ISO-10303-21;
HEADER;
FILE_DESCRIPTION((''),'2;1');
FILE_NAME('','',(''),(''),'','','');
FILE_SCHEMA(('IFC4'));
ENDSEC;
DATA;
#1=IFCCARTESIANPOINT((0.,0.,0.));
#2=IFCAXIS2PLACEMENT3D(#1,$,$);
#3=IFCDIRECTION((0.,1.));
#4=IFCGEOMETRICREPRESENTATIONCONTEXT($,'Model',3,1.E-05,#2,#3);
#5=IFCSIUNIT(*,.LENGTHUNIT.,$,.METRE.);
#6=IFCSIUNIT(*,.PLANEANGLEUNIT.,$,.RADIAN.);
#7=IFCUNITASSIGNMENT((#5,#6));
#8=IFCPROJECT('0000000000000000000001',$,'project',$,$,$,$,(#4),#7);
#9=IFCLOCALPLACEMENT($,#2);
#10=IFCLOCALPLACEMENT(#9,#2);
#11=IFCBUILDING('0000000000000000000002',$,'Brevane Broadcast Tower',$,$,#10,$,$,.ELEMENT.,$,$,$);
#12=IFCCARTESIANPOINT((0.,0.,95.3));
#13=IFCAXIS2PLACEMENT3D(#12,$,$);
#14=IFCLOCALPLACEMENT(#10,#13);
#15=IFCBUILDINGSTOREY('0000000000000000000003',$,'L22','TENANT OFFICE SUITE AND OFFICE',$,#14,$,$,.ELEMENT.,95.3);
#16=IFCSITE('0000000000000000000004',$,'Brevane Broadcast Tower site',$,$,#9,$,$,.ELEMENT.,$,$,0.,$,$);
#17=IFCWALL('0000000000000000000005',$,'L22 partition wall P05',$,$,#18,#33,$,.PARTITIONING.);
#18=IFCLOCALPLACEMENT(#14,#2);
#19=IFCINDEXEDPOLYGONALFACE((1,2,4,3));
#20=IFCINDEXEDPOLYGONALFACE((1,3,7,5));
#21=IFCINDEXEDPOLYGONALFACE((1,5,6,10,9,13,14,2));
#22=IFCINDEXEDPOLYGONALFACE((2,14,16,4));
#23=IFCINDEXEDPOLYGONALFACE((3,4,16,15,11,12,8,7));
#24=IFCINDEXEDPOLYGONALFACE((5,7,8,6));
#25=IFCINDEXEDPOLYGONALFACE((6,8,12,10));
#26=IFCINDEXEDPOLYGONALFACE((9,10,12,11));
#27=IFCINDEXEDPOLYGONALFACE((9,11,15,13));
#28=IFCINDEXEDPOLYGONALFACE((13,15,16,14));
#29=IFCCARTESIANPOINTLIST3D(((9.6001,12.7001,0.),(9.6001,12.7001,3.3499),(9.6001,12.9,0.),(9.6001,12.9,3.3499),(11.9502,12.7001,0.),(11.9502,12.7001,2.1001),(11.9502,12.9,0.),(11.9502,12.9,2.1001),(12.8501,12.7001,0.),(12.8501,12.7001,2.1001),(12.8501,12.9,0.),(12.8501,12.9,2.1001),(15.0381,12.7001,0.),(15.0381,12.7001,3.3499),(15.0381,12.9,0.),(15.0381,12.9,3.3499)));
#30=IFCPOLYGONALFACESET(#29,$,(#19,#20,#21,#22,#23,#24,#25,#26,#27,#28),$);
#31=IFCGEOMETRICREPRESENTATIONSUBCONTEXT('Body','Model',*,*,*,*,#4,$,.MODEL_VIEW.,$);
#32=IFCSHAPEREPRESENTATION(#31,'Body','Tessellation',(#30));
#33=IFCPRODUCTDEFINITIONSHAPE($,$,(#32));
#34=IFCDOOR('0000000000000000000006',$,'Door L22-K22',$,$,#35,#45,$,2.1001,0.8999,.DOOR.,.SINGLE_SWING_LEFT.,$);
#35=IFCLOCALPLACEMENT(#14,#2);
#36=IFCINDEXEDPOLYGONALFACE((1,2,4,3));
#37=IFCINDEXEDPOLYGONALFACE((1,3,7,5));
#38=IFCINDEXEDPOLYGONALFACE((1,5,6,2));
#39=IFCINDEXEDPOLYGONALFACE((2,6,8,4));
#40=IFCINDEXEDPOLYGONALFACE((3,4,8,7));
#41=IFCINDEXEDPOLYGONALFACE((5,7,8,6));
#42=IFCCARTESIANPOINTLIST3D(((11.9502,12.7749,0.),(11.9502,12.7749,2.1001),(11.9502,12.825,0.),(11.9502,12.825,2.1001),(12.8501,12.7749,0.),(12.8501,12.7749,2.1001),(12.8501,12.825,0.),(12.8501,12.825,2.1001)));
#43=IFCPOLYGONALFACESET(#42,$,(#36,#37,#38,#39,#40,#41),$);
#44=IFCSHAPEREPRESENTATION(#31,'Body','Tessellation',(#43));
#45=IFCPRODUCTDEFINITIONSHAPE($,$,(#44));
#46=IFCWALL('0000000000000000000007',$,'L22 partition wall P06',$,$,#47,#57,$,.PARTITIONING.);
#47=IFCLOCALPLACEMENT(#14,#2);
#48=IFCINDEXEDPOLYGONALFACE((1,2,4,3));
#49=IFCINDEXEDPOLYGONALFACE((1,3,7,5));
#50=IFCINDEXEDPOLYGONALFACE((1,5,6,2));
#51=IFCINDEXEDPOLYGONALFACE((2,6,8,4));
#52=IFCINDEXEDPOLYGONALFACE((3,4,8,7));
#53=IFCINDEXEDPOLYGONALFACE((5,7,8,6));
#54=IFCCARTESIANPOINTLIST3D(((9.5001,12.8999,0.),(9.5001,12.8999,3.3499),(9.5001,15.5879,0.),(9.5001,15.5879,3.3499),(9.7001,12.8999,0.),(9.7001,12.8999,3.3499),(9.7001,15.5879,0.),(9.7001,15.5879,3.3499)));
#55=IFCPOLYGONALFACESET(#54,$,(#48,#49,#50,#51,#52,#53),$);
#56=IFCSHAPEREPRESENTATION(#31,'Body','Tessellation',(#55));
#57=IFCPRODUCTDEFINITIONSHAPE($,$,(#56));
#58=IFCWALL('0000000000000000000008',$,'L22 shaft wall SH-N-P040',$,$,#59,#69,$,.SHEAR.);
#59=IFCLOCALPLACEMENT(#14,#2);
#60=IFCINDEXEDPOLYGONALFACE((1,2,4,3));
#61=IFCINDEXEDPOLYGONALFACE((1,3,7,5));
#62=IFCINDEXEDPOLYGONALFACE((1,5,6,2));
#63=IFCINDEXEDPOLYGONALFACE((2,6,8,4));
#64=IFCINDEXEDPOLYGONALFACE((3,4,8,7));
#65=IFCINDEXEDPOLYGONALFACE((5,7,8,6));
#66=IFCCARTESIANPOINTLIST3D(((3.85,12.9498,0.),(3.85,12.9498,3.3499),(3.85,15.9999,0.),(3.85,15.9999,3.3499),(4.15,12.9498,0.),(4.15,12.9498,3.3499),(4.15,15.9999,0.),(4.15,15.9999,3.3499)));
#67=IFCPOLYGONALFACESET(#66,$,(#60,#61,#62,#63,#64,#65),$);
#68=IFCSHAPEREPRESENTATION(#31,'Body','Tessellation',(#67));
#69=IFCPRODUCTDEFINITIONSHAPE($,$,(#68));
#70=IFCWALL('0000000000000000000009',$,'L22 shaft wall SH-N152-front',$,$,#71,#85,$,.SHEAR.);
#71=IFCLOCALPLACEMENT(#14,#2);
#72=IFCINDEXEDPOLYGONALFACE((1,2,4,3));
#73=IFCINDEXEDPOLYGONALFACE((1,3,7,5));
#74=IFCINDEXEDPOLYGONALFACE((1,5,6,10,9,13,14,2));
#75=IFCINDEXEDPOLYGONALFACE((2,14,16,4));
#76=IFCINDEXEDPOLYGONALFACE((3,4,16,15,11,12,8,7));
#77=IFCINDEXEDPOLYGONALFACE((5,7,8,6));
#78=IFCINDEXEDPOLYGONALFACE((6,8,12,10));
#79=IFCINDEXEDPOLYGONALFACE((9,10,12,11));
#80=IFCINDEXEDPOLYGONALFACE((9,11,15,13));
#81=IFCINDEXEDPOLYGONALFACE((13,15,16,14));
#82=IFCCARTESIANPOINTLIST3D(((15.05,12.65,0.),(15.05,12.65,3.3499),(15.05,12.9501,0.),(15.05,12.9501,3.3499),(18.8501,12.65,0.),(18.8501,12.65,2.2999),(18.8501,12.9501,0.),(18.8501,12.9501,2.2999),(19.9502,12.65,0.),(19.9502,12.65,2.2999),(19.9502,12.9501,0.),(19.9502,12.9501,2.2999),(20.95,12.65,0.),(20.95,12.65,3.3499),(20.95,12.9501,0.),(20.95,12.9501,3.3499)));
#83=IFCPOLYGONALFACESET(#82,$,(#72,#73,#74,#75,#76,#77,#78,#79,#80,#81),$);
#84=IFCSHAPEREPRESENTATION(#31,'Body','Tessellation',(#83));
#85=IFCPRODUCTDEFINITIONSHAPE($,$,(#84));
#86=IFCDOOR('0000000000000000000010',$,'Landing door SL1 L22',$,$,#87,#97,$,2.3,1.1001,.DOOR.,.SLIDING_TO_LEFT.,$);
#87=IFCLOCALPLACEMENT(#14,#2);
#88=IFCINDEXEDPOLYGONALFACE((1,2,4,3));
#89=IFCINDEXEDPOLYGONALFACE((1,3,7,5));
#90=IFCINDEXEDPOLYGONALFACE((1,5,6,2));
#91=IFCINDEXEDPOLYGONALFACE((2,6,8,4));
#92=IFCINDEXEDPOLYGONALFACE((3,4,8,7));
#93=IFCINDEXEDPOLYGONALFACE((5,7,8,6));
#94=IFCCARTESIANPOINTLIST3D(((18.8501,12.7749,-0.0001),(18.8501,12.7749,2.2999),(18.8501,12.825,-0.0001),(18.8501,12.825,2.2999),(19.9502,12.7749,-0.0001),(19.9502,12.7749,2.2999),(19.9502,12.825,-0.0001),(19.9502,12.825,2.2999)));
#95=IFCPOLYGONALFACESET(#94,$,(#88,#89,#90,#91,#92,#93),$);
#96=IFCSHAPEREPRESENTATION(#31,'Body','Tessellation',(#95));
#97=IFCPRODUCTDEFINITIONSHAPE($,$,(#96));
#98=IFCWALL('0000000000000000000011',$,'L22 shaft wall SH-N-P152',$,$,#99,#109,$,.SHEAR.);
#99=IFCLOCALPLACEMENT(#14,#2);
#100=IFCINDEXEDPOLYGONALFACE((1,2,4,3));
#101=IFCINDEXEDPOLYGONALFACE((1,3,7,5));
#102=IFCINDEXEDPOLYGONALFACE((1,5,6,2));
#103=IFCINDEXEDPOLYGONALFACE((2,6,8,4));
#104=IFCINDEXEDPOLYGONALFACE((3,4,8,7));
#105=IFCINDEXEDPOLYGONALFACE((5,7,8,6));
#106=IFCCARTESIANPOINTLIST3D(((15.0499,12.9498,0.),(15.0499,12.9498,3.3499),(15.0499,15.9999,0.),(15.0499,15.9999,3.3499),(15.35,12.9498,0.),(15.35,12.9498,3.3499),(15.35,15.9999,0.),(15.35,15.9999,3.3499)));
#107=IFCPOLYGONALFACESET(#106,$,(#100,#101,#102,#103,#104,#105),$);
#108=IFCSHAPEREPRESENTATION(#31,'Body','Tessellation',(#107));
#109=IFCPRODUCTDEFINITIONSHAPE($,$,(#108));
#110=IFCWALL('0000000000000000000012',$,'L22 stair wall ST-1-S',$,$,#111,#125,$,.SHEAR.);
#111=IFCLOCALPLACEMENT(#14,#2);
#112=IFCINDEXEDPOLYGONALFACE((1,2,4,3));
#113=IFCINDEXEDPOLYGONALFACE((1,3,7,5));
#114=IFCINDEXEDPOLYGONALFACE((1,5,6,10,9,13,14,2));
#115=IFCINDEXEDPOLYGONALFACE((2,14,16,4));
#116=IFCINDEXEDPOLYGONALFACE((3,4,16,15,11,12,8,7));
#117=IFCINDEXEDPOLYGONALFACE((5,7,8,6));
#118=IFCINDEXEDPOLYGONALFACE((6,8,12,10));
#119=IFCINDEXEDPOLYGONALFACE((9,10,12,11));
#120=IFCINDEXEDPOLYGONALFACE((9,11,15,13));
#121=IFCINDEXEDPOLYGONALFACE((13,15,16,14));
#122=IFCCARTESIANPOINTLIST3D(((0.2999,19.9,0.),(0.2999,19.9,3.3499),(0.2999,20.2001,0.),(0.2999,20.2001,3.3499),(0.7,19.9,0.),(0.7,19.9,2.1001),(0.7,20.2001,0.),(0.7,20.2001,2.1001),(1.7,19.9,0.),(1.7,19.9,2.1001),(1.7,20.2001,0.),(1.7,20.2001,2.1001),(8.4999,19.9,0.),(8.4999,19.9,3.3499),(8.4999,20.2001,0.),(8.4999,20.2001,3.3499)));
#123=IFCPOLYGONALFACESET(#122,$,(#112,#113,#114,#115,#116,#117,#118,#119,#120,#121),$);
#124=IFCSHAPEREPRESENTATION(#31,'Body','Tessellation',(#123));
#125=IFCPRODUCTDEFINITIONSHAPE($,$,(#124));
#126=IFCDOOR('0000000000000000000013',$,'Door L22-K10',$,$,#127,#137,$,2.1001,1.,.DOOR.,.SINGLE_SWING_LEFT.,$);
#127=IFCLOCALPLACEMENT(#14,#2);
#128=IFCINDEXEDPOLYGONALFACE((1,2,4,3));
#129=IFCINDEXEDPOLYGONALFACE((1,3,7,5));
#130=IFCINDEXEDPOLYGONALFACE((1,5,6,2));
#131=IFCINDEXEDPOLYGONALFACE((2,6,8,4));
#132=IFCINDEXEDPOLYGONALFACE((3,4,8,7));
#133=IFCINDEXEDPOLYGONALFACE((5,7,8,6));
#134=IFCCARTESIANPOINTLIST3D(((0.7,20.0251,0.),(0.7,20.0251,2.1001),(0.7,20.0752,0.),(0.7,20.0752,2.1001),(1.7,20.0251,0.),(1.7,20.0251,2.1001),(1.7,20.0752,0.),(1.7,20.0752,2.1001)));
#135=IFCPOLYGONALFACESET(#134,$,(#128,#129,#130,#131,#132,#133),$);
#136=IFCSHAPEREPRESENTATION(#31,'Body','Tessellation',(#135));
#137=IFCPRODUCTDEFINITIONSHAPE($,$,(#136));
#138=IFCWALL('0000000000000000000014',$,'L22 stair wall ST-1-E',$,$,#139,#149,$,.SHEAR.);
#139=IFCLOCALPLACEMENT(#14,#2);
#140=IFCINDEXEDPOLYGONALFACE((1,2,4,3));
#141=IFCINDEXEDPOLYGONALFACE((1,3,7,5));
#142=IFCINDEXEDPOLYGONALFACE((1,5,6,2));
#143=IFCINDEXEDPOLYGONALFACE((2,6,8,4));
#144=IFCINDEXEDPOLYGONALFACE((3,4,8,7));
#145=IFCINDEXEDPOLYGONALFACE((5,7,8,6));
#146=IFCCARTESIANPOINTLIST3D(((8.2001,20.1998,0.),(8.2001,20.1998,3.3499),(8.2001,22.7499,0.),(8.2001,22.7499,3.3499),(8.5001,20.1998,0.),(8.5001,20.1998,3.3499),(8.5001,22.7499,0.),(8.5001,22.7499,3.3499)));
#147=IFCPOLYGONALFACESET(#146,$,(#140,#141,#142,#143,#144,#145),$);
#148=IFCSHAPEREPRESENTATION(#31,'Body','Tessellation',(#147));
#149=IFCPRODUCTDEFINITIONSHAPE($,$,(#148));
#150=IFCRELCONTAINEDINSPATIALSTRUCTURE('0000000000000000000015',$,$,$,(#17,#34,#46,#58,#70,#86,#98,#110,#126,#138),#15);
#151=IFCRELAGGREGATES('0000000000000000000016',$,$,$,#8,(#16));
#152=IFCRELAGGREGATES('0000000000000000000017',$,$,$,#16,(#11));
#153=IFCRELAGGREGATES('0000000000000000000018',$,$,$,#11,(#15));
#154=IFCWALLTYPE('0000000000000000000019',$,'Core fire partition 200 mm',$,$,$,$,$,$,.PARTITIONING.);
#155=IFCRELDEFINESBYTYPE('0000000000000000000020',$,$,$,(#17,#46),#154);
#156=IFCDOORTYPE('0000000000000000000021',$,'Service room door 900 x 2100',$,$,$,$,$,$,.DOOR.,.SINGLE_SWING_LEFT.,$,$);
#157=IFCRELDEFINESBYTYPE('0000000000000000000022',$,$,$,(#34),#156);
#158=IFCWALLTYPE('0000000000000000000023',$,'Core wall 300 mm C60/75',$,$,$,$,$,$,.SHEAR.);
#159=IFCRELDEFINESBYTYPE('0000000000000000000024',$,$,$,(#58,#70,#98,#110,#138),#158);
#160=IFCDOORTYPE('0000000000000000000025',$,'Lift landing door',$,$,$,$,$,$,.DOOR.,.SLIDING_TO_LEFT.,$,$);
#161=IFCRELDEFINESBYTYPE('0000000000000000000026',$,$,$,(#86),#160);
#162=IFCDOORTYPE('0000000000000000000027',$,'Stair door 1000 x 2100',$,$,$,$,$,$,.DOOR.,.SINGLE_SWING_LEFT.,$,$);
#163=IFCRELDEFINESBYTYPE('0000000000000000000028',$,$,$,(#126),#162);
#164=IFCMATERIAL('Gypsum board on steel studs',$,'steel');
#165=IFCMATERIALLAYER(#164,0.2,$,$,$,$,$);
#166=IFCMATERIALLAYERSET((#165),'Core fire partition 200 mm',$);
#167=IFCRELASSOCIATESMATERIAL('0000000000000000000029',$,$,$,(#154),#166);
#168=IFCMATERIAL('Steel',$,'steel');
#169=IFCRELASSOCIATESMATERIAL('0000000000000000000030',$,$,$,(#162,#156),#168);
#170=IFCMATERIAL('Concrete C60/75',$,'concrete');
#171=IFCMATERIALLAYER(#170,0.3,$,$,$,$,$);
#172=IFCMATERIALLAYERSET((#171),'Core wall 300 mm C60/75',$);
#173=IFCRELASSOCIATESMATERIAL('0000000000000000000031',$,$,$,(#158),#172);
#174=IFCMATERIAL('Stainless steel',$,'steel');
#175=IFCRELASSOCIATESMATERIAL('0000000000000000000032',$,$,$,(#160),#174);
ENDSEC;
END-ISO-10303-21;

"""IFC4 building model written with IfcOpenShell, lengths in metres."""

from ifc_helpers import new_model, si_unit, direction, frame, frame_2d, origin, place, context, subcontext, project, spatial, rectangle, extrude, material, layer, layer_set, type_object, element, fill, save


model = new_model("IFC4")

# Units and contexts
model_context = context("Model", 3, precision=1e-05, world=origin(), true_north=direction((0.0, 1.0)))
body_context = subcontext(model_context, "Body", "Model", "MODEL_VIEW")
ifc_project = project(units=[si_unit("LENGTHUNIT", "METRE"), si_unit("PLANEANGLEUNIT", "RADIAN")], contexts=[model_context])

# Site, building, storey
site_placement = place(None, origin())
site = spatial("IfcSite", under=ifc_project, at=site_placement, Name="Brevane Broadcast Tower site", CompositionType="ELEMENT", RefElevation=0.0)
building_placement = place(site_placement, origin())
building = spatial("IfcBuilding", under=site, at=building_placement, Name="Brevane Broadcast Tower", CompositionType="ELEMENT")
storey_placement = place(building_placement, frame((0.0, 0.0, 95.3)))
storey = spatial("IfcBuildingStorey", under=building, at=storey_placement, Name="L22", Description="TENANT OFFICE SUITE AND OFFICE", CompositionType="ELEMENT", Elevation=95.3)

# Shared definitions
ifc_material_1 = material(Name="Gypsum board on steel studs", Category="steel")
ifc_material_2 = material(Name="Steel", Category="steel")

# Wall, opening, door
ifc_layer_1 = layer(ifc_material_1, 0.2)
ifc_layer_set_1 = layer_set([ifc_layer_1], Name="Core fire partition 200 mm")
wall_type_1 = type_object("IfcWallType", Name="Core fire partition 200 mm", PredefinedType="PARTITIONING", material=ifc_layer_set_1)
door_type_1 = type_object("IfcDoorType", Name="Stair door 1000 x 2100", OperationType="SINGLE_SWING_LEFT", PredefinedType="DOOR", material=ifc_material_2)
door_type_2 = type_object("IfcDoorType", Name="Service room door 900 x 2100", OperationType="SINGLE_SWING_LEFT", PredefinedType="DOOR", material=ifc_material_2)
wall_1_placement = place(storey_placement, frame((9.6001, 12.8, 0.0), z_axis=(0.0, 0.0, 1.0), x_axis=(1.0, 0.0, 0.0)))
wall_1 = element("IfcWall", 1, at=wall_1_placement, inside=storey, type_object=wall_type_1, Name="L22 partition wall P05", PredefinedType="PARTITIONING", context=body_context, shape_type="SweptSolid", body=[
    extrude(rectangle(XDim=5.438, YDim=0.2, at=frame_2d((2.719, 0.0))), origin(), (0.0, 0.0, 1.0), 3.3499),
])
opening_1_placement = place(wall_1_placement, frame((2.3501, 0.0, 0.0)))
opening_1 = element("IfcOpeningElement", 2, at=opening_1_placement, cuts=wall_1, PredefinedType="OPENING", context=body_context, shape_type="SweptSolid", body=[
    extrude(rectangle(XDim=0.8999, YDim=2.1001, at=frame_2d((0.45, 1.05))), frame((0.0, 0.1099, 0.0), z_axis=(0.0, -1.0, 0.0), x_axis=(1.0, 0.0, 0.0)), (0.0, 0.0, 1.0), 0.22),
])
door_1_placement = place(opening_1_placement, origin())
door_1 = element("IfcDoor", 3, at=door_1_placement, inside=storey, type_object=door_type_2, Name="Door L22-K22", OperationType="SINGLE_SWING_LEFT", OverallHeight=2.1001, OverallWidth=0.8999, PredefinedType="DOOR", context=body_context, shape_type="SweptSolid", body=[
    extrude(rectangle(XDim=0.8999, YDim=2.1001, at=frame_2d((0.45, 1.05))), frame((0.0, 0.0249, 0.0), z_axis=(0.0, -1.0, 0.0), x_axis=(1.0, 0.0, 0.0)), (0.0, 0.0, 1.0), 0.05),
])
fill(opening_1, door_1)

# Walls
wall_2_placement = place(storey_placement, frame((9.6001, 15.5879, 0.0), z_axis=(0.0, 0.0, 1.0), x_axis=(0.0, -1.0, 0.0)))
element("IfcWall", 4, at=wall_2_placement, inside=storey, type_object=wall_type_1, Name="L22 partition wall P06", PredefinedType="PARTITIONING", context=body_context, shape_type="SweptSolid", body=[
    extrude(rectangle(XDim=2.688, YDim=0.2, at=frame_2d((1.344, 0.0))), origin(), (0.0, 0.0, 1.0), 3.3499),
])
ifc_material_3 = material(Name="Concrete C60/75", Category="concrete")
ifc_layer_2 = layer(ifc_material_3, 0.3)
ifc_layer_set_2 = layer_set([ifc_layer_2], Name="Core wall 300 mm C60/75")
wall_type_2 = type_object("IfcWallType", Name="Core wall 300 mm C60/75", PredefinedType="SHEAR", material=ifc_layer_set_2)
wall_3_placement = place(storey_placement, frame((4.0, 12.95, 0.0), z_axis=(0.0, 0.0, 1.0), x_axis=(0.0, 1.0, 0.0)))
element("IfcWall", 5, at=wall_3_placement, inside=storey, type_object=wall_type_2, Name="L22 shaft wall SH-N-P040", PredefinedType="SHEAR", context=body_context, shape_type="SweptSolid", body=[
    extrude(rectangle(XDim=3.05, YDim=0.3, at=frame_2d((1.5249, 0.0))), origin(), (0.0, 0.0, 1.0), 3.3499),
])

# Wall, opening, door
wall_4_placement = place(storey_placement, frame((15.05, 12.8, 0.0), z_axis=(0.0, 0.0, 1.0), x_axis=(1.0, 0.0, 0.0)))
wall_4 = element("IfcWall", 6, at=wall_4_placement, inside=storey, type_object=wall_type_2, Name="L22 shaft wall SH-N152-front", PredefinedType="SHEAR", context=body_context, shape_type="SweptSolid", body=[
    extrude(rectangle(XDim=5.8999, YDim=0.3, at=frame_2d((2.95, 0.0))), origin(), (0.0, 0.0, 1.0), 3.3499),
])
opening_2_placement = place(wall_4_placement, frame((3.8, 0.0, 0.0)))
opening_2 = element("IfcOpeningElement", 7, at=opening_2_placement, cuts=wall_4, PredefinedType="OPENING", context=body_context, shape_type="SweptSolid", body=[
    extrude(rectangle(XDim=1.1001, YDim=2.3, at=frame_2d((0.55, 1.1499))), frame((0.0, 0.1599, 0.0), z_axis=(0.0, -1.0, 0.0), x_axis=(1.0, 0.0, 0.0)), (0.0, 0.0, 1.0), 0.3201),
])
ifc_material_4 = material(Name="Stainless steel", Category="steel")
door_type_3 = type_object("IfcDoorType", Name="Lift landing door", OperationType="SLIDING_TO_LEFT", PredefinedType="DOOR", material=ifc_material_4)
door_2_placement = place(opening_2_placement, origin())
door_2 = element("IfcDoor", 8, at=door_2_placement, inside=storey, type_object=door_type_3, Name="Landing door SL1 L22", OperationType="SLIDING_TO_LEFT", OverallHeight=2.3, OverallWidth=1.1001, PredefinedType="DOOR", context=body_context, shape_type="SweptSolid", body=[
    extrude(rectangle(XDim=1.1001, YDim=2.3, at=frame_2d((0.55, 1.1499))), frame((0.0, 0.0249, 0.0), z_axis=(0.0, -1.0, 0.0), x_axis=(1.0, 0.0, 0.0)), (0.0, 0.0, 1.0), 0.05),
])
fill(opening_2, door_2)

# Wall
wall_5_placement = place(storey_placement, frame((15.2, 12.95, 0.0), z_axis=(0.0, 0.0, 1.0), x_axis=(0.0, 1.0, 0.0)))
element("IfcWall", 9, at=wall_5_placement, inside=storey, type_object=wall_type_2, Name="L22 shaft wall SH-N-P152", PredefinedType="SHEAR", context=body_context, shape_type="SweptSolid", body=[
    extrude(rectangle(XDim=3.05, YDim=0.3, at=frame_2d((1.5249, 0.0))), origin(), (0.0, 0.0, 1.0), 3.3499),
])

# Wall, opening, door
wall_6_placement = place(storey_placement, frame((8.5, 20.05, 0.0), z_axis=(0.0, 0.0, 1.0), x_axis=(-1.0, 0.0, 0.0)))
wall_6 = element("IfcWall", 10, at=wall_6_placement, inside=storey, type_object=wall_type_2, Name="L22 stair wall ST-1-S", PredefinedType="SHEAR", context=body_context, shape_type="SweptSolid", body=[
    extrude(rectangle(XDim=8.2, YDim=0.3, at=frame_2d((4.1001, 0.0))), origin(), (0.0, 0.0, 1.0), 3.3499),
])
opening_3_placement = place(wall_6_placement, frame((6.8, 0.0, 0.0)))
opening_3 = element("IfcOpeningElement", 11, at=opening_3_placement, cuts=wall_6, PredefinedType="OPENING", context=body_context, shape_type="SweptSolid", body=[
    extrude(rectangle(XDim=1.0, YDim=2.1001, at=frame_2d((0.5, 1.05))), frame((0.0, 0.1599, 0.0), z_axis=(0.0, -1.0, 0.0), x_axis=(1.0, 0.0, 0.0)), (0.0, 0.0, 1.0), 0.3201),
])
door_3_placement = place(opening_3_placement, origin())
door_3 = element("IfcDoor", 12, at=door_3_placement, inside=storey, type_object=door_type_1, Name="Door L22-K10", OperationType="SINGLE_SWING_LEFT", OverallHeight=2.1001, OverallWidth=1.0, PredefinedType="DOOR", context=body_context, shape_type="SweptSolid", body=[
    extrude(rectangle(XDim=1.0, YDim=2.1001, at=frame_2d((0.5, 1.05))), frame((0.0, 0.0249, 0.0), z_axis=(0.0, -1.0, 0.0), x_axis=(1.0, 0.0, 0.0)), (0.0, 0.0, 1.0), 0.05),
])
fill(opening_3, door_3)

# Wall
wall_7_placement = place(storey_placement, frame((8.3501, 20.2, 0.0), z_axis=(0.0, 0.0, 1.0), x_axis=(0.0, 1.0, 0.0)))
element("IfcWall", 13, at=wall_7_placement, inside=storey, type_object=wall_type_2, Name="L22 stair wall ST-1-E", PredefinedType="SHEAR", context=body_context, shape_type="SweptSolid", body=[
    extrude(rectangle(XDim=2.55, YDim=0.3, at=frame_2d((1.2749, 0.0))), origin(), (0.0, 0.0, 1.0), 3.3499),
])

save(model, "model.ifc")
